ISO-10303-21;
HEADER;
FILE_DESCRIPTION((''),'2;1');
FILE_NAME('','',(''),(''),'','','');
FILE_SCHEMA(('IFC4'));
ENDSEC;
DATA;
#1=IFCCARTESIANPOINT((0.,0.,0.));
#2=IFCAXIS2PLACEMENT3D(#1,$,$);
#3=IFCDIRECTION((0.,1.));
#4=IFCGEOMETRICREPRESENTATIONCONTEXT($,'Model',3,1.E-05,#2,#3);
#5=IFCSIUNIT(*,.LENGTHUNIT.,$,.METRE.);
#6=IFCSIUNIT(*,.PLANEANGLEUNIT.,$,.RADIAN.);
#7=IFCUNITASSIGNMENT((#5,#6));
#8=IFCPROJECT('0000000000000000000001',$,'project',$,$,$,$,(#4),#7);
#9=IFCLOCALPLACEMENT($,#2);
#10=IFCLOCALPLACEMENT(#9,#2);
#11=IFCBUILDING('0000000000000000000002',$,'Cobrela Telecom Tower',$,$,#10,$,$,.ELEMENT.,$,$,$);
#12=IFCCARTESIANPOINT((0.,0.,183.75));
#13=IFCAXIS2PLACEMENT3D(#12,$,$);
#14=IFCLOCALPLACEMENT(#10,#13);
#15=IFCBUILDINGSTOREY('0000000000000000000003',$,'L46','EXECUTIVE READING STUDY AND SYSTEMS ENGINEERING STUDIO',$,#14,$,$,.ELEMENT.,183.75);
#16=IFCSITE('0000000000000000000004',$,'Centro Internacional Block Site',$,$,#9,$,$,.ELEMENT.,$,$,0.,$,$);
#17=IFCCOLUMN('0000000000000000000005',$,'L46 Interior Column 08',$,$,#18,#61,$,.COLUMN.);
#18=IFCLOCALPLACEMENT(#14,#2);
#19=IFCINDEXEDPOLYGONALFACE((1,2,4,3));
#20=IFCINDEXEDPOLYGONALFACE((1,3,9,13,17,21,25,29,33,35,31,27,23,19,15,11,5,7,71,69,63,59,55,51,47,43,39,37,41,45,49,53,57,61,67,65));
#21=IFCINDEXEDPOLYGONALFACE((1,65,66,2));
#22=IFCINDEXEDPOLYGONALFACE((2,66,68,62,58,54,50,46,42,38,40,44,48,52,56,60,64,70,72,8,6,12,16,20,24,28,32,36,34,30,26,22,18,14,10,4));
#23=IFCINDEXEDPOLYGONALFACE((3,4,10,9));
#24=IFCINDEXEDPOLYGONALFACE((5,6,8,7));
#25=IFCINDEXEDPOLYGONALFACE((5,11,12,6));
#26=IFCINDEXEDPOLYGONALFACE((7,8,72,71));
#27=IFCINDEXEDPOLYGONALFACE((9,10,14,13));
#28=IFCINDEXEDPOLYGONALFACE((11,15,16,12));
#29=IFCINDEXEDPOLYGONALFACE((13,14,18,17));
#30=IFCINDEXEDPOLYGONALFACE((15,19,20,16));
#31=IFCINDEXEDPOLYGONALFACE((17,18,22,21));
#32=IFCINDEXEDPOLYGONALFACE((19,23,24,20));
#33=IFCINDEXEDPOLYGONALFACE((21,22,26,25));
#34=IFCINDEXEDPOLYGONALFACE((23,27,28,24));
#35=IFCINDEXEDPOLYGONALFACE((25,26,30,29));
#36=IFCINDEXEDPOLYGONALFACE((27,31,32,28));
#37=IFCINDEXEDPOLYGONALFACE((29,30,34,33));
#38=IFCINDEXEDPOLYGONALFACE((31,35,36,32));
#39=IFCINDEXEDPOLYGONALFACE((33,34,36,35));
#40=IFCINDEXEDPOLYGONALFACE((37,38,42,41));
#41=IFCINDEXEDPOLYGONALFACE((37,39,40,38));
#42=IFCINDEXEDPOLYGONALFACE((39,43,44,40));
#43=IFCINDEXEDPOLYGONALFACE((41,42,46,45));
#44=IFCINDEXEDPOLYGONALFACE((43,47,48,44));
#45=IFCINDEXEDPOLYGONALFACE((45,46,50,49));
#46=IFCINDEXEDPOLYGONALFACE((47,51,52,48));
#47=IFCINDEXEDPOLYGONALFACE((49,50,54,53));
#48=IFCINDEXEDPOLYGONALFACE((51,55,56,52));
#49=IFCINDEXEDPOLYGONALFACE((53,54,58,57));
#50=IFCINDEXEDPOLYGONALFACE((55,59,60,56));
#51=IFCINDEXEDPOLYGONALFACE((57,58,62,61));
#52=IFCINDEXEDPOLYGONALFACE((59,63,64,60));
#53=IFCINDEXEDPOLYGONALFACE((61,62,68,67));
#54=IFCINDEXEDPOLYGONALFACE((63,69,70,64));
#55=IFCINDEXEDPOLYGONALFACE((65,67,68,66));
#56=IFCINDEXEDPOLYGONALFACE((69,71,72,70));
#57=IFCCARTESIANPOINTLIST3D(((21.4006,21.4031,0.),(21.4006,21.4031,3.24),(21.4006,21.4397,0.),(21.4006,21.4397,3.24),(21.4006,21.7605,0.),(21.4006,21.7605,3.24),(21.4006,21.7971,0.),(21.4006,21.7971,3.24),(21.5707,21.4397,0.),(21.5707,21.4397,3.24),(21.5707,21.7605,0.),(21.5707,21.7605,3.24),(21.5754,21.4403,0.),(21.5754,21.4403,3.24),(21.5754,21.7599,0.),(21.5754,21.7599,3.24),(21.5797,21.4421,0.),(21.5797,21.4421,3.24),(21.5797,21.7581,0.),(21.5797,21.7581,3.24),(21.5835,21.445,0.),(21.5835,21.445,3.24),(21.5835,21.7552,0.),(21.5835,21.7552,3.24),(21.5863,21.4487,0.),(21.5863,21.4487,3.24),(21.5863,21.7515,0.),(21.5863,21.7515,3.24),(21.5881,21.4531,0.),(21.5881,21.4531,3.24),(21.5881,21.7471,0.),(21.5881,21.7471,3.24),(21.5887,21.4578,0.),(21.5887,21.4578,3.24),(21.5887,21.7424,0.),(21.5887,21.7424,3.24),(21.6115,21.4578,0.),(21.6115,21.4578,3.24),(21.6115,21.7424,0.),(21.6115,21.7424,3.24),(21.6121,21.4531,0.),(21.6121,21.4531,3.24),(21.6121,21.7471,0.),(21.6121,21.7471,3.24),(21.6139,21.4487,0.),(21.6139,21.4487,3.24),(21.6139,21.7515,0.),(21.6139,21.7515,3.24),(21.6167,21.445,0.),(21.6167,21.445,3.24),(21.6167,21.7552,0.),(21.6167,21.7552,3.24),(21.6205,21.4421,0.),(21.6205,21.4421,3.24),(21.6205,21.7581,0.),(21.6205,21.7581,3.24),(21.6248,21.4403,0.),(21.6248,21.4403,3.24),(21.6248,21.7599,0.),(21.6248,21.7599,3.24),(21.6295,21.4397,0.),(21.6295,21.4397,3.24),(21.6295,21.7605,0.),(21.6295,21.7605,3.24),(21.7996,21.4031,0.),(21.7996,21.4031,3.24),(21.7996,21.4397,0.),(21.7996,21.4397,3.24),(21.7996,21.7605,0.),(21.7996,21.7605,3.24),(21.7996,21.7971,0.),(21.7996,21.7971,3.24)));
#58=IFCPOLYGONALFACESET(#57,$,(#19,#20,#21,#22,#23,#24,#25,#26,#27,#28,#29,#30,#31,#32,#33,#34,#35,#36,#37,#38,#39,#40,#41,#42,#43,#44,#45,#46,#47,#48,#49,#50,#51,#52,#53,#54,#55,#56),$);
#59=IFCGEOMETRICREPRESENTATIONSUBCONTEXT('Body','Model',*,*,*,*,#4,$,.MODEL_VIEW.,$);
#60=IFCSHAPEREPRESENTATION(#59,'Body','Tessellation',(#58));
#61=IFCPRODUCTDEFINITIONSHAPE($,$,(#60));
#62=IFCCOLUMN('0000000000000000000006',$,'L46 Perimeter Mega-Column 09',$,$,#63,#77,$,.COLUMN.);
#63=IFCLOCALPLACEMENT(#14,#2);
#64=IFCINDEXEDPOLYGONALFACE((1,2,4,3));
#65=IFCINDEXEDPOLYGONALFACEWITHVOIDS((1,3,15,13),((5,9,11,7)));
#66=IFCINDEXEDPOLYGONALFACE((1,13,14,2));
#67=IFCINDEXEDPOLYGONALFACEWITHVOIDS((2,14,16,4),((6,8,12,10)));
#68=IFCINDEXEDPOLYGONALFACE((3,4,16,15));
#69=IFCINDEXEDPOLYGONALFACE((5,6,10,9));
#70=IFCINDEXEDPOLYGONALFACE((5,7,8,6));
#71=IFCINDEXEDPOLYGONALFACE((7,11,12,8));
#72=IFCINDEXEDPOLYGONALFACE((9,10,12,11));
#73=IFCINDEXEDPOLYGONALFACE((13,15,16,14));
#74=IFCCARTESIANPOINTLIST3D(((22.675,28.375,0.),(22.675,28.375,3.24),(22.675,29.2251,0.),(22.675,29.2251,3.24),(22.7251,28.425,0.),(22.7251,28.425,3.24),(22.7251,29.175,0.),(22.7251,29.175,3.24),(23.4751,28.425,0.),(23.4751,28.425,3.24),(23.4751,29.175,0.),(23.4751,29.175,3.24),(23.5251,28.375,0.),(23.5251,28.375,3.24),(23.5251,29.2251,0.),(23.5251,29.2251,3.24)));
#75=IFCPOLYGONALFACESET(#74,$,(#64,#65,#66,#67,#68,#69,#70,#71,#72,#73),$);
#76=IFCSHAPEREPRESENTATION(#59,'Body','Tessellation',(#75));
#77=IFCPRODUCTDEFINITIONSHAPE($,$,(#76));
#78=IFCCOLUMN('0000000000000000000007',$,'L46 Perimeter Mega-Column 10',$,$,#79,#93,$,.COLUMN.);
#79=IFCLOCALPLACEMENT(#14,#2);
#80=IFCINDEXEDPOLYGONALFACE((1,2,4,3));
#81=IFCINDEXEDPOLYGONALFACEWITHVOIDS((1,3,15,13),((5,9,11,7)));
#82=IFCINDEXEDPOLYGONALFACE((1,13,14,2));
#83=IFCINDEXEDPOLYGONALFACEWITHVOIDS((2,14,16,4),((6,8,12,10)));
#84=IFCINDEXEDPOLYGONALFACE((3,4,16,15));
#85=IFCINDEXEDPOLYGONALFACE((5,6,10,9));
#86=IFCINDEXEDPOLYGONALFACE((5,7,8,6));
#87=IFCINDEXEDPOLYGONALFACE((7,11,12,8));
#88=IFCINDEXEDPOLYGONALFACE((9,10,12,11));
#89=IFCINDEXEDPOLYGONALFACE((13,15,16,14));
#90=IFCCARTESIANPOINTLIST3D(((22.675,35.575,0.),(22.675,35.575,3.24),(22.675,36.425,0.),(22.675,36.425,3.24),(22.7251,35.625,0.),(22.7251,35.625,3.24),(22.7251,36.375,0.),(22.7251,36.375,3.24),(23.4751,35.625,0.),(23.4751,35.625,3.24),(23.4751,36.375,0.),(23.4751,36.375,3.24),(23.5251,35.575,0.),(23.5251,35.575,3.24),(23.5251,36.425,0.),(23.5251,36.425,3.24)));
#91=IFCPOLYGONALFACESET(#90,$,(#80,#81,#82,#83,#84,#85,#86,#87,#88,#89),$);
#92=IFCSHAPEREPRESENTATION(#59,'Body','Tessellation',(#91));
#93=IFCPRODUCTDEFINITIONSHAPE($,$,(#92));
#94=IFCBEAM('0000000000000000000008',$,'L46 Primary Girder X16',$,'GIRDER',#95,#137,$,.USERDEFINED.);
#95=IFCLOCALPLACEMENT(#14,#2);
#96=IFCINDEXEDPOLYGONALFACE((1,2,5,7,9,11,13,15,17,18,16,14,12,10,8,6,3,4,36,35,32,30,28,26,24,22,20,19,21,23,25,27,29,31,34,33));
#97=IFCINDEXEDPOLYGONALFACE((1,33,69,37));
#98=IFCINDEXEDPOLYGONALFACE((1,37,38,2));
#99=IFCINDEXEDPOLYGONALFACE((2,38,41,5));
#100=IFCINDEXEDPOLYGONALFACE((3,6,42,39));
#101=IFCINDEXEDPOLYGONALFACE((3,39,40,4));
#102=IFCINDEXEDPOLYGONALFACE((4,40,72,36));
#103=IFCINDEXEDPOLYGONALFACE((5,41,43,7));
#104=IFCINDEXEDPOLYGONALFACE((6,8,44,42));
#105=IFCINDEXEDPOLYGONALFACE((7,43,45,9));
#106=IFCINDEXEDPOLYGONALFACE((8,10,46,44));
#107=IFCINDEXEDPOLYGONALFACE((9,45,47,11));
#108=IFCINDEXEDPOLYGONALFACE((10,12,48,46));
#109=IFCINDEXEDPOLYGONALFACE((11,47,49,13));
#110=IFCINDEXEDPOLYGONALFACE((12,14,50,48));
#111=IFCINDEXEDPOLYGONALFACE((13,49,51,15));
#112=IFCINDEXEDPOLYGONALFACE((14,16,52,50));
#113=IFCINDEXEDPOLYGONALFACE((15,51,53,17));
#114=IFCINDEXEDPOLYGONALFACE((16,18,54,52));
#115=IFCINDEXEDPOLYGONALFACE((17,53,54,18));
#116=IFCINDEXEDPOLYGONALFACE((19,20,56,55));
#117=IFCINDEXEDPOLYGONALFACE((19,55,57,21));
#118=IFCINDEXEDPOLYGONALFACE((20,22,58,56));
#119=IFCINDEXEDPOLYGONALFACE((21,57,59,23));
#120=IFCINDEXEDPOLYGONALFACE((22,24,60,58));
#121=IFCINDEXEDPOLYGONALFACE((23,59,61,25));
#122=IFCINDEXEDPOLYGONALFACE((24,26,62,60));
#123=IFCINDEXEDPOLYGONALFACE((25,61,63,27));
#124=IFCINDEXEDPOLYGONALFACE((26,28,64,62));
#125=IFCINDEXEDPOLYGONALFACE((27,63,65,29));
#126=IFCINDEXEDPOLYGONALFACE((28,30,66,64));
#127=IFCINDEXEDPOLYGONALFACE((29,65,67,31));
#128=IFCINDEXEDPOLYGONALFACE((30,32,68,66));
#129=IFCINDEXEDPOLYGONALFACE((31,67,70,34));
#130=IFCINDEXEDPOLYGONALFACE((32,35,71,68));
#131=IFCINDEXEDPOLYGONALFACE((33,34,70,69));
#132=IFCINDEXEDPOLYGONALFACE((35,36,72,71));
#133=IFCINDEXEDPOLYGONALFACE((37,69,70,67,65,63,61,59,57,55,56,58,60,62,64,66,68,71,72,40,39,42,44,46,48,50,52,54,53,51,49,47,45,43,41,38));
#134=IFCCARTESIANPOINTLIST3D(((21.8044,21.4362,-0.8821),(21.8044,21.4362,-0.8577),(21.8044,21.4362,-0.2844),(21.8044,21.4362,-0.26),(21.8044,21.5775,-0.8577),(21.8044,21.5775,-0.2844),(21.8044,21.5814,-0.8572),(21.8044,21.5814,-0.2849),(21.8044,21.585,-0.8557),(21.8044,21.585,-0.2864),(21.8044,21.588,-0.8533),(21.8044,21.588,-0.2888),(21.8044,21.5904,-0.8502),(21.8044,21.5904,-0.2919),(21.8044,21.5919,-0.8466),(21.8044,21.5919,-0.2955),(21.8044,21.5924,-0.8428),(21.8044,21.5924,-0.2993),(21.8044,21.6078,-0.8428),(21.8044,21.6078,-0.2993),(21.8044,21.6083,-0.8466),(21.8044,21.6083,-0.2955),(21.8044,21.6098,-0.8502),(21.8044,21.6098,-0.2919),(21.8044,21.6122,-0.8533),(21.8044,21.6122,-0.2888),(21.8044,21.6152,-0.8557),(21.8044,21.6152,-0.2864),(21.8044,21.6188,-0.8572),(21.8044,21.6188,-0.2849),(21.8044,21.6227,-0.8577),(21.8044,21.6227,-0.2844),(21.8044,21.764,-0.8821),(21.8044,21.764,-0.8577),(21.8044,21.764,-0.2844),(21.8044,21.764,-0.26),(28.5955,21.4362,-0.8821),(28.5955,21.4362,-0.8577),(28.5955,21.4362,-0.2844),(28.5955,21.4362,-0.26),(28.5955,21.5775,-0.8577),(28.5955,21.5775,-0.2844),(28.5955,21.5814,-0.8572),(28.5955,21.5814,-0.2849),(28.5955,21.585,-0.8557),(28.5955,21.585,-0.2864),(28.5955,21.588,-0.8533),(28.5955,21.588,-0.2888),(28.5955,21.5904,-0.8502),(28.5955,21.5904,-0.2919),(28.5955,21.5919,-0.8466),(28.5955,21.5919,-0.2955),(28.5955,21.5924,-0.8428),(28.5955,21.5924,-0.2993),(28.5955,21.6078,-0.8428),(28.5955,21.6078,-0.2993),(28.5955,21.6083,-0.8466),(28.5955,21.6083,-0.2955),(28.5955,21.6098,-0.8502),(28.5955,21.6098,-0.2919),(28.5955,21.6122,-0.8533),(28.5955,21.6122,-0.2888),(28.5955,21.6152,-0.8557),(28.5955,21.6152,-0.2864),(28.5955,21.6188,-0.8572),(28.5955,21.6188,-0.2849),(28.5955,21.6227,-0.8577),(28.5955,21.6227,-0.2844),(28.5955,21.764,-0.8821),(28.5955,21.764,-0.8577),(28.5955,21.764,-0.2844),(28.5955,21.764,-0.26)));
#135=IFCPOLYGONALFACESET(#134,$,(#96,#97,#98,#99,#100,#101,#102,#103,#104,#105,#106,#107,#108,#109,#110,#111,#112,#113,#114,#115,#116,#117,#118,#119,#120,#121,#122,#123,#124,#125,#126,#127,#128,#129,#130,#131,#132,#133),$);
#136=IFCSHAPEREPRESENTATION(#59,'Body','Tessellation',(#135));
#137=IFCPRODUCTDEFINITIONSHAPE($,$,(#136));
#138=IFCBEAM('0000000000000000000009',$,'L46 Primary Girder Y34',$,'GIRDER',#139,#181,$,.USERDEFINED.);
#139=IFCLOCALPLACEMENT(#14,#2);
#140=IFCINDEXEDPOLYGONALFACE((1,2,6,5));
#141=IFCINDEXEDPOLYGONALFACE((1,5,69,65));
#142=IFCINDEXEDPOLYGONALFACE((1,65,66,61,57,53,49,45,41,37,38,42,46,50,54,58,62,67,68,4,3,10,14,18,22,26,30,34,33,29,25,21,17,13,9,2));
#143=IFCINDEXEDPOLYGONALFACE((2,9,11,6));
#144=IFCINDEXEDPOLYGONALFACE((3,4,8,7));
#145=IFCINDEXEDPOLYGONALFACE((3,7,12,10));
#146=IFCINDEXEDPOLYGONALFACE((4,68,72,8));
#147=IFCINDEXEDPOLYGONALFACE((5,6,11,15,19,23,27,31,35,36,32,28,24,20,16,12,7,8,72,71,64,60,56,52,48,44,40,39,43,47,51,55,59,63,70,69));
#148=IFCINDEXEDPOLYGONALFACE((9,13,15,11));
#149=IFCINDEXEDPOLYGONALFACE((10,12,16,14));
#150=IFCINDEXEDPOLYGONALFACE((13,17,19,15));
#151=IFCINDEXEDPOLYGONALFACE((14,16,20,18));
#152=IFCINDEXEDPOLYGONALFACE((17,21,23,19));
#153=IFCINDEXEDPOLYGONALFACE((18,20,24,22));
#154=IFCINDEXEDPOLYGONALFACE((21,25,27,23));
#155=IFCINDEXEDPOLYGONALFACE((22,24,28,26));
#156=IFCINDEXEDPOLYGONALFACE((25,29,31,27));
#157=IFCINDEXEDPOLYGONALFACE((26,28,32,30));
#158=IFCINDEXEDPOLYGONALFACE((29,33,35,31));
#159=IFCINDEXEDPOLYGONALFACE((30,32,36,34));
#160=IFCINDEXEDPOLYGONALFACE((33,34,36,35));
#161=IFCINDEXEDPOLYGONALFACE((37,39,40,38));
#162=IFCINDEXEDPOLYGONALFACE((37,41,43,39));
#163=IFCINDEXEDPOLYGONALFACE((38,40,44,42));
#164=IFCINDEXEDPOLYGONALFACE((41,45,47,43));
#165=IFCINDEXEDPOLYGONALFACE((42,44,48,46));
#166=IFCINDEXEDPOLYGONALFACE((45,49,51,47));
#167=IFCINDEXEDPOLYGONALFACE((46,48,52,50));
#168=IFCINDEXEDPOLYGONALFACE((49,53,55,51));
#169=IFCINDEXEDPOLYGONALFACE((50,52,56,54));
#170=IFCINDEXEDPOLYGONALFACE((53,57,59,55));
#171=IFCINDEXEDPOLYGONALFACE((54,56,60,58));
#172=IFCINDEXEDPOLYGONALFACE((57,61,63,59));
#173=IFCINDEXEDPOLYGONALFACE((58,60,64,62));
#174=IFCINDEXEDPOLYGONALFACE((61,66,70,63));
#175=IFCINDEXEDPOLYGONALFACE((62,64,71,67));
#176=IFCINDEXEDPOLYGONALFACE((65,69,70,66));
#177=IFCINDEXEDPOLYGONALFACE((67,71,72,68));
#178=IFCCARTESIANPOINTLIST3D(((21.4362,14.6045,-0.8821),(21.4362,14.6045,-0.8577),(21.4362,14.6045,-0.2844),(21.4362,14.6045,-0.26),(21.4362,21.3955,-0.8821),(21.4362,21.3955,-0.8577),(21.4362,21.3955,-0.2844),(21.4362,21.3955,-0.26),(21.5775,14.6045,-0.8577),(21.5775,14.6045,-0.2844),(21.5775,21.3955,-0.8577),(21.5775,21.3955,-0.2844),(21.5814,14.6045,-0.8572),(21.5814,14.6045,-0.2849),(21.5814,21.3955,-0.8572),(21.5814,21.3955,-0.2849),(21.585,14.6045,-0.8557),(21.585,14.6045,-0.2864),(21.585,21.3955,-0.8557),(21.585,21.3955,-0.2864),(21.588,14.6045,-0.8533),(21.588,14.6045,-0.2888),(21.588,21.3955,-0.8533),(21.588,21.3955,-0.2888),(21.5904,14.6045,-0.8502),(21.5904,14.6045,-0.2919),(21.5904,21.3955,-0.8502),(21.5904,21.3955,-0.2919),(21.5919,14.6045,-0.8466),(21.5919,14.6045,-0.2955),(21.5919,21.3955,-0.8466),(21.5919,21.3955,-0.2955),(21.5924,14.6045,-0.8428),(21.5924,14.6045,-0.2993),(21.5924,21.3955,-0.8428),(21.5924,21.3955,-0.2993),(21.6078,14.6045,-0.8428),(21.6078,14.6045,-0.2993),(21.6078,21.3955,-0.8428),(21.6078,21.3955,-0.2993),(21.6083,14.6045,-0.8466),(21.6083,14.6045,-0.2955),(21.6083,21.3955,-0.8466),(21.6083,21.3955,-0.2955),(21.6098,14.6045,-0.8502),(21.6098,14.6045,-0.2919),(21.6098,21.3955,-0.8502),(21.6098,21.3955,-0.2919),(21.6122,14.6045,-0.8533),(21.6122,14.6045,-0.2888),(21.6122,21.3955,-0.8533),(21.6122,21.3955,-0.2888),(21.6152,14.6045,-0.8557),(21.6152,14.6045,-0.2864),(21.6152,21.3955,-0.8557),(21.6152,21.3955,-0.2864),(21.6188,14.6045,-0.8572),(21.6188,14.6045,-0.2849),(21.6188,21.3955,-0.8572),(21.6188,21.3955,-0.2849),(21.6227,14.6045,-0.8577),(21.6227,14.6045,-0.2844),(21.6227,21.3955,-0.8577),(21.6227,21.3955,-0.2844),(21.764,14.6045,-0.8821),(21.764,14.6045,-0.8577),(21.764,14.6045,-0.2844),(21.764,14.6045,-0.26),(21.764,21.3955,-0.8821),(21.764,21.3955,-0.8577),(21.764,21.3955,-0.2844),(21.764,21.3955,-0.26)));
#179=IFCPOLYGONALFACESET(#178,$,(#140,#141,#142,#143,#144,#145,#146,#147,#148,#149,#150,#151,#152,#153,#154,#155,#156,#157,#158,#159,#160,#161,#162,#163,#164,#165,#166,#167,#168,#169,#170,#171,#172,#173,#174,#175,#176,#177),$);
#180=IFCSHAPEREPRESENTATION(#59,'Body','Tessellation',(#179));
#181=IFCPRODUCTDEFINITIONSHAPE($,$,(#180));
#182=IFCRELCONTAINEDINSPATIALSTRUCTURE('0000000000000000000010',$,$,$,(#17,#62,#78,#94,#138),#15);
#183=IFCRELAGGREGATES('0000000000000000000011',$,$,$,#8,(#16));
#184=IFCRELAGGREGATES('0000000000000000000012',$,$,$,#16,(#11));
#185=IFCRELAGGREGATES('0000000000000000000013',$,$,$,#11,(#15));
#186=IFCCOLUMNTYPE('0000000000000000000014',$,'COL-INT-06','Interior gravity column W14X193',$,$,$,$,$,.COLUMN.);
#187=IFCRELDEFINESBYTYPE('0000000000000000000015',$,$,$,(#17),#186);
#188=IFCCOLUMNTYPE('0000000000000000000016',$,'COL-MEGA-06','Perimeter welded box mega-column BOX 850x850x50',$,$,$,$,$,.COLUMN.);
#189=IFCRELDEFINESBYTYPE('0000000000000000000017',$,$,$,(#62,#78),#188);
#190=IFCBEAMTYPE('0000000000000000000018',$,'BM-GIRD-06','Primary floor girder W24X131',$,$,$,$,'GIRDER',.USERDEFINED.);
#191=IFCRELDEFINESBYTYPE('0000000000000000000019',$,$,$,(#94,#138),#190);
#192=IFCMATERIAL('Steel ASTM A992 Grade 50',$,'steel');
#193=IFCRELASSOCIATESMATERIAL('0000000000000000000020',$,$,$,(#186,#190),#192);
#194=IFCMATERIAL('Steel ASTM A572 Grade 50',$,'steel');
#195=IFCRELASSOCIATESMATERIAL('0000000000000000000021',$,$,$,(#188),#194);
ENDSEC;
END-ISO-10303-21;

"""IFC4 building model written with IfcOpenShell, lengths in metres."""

from ifc_helpers import new_model, si_unit, direction, frame, origin, origin_2d, place, context, subcontext, project, spatial, hollow_rectangle, i_section, extrude, material, material_profile, profile_set, type_object, element, save


model = new_model("IFC4")

# Units and contexts
model_context = context("Model", 3, precision=1e-05, world=origin(), true_north=direction((0.0, 1.0)))
body_context = subcontext(model_context, "Body", "Model", "MODEL_VIEW")
ifc_project = project(units=[si_unit("LENGTHUNIT", "METRE"), si_unit("PLANEANGLEUNIT", "RADIAN")], contexts=[model_context])

# Site, building, storey
site_placement = place(None, origin())
site = spatial("IfcSite", under=ifc_project, at=site_placement, Name="Centro Internacional Block Site", CompositionType="ELEMENT", RefElevation=0.0)
building_placement = place(site_placement, origin())
building = spatial("IfcBuilding", under=site, at=building_placement, Name="Cobrela Telecom Tower", CompositionType="ELEMENT")
storey_placement = place(building_placement, frame((0.0, 0.0, 183.75)))
storey = spatial("IfcBuildingStorey", under=building, at=storey_placement, Name="L46", Description="EXECUTIVE READING STUDY AND SYSTEMS ENGINEERING STUDIO", CompositionType="ELEMENT", Elevation=183.75)

# Columns
ifc_material_1 = material(Name="Steel ASTM A992 Grade 50", Category="steel")
ifc_material_profile_1 = material_profile(ifc_material_1, i_section(OverallWidth=0.3989, OverallDepth=0.394, WebThickness=0.0227, FlangeThickness=0.0366, FilletRadius=0.0181, at=origin_2d()), Name="W14X193")
ifc_profile_set_1 = profile_set([ifc_material_profile_1], Name="Steel ASTM A992 Grade 50")
column_type_1 = type_object("IfcColumnType", Name="COL-INT-06", Description="Interior gravity column W14X193", PredefinedType="COLUMN", material=ifc_profile_set_1)
column_placement = place(storey_placement, frame((21.6001, 21.6001, 0.0), z_axis=(0.0, 0.0, 1.0), x_axis=(1.0, 0.0, 0.0)))
element("IfcColumn", 1, at=column_placement, inside=storey, type_object=column_type_1, Name="L46 Interior Column 08", PredefinedType="COLUMN", context=body_context, shape_type="SweptSolid", body=[
    extrude(i_section(OverallWidth=0.3989, OverallDepth=0.394, WebThickness=0.0227, FlangeThickness=0.0366, FilletRadius=0.0181, at=origin_2d()), origin(), (0.0, 0.0, 1.0), 3.24),
])
ifc_material_2 = material(Name="Steel ASTM A572 Grade 50", Category="steel")
ifc_material_profile_2 = material_profile(ifc_material_2, hollow_rectangle(XDim=0.8501, YDim=0.8501, WallThickness=0.05, at=origin_2d()), Name="BOX 850x850x50")
ifc_profile_set_2 = profile_set([ifc_material_profile_2], Name="Steel ASTM A572 Grade 50")
column_type_2 = type_object("IfcColumnType", Name="COL-MEGA-06", Description="Perimeter welded box mega-column BOX 850x850x50", PredefinedType="COLUMN", material=ifc_profile_set_2)
for number, where, z_axis, x_axis, name in (
    (2, (23.1001, 28.8, 0.0), (0.0, 0.0, 1.0), (1.0, 0.0, 0.0), "L46 Perimeter Mega-Column 09"),
    (3, (23.1001, 36.0, 0.0), (0.0, 0.0, 1.0), (1.0, 0.0, 0.0), "L46 Perimeter Mega-Column 10"),
):
    element("IfcColumn", number, at=place(storey_placement, frame(where, z_axis=z_axis, x_axis=x_axis)), inside=storey, type_object=column_type_2, Name=name, PredefinedType="COLUMN", context=body_context, shape_type="SweptSolid", body=[
        extrude(hollow_rectangle(XDim=0.8501, YDim=0.8501, WallThickness=0.05, at=origin_2d()), origin(), (0.0, 0.0, 1.0), 3.24),
    ])

# Beams
ifc_material_profile_3 = material_profile(ifc_material_1, i_section(OverallWidth=0.3279, OverallDepth=0.6221, WebThickness=0.0154, FlangeThickness=0.0244, FilletRadius=0.0149, at=origin_2d()), Name="W24X131")
ifc_profile_set_3 = profile_set([ifc_material_profile_3], Name="Steel ASTM A992 Grade 50")
beam_type_1 = type_object("IfcBeamType", Name="BM-GIRD-06", Description="Primary floor girder W24X131", ElementType="GIRDER", PredefinedType="USERDEFINED", material=ifc_profile_set_3)
for number, where, z_axis, x_axis, name in (
    (4, (21.8044, 21.6001, -0.571), (1.0, 0.0, 0.0), (0.0, 1.0, 0.0), "L46 Primary Girder X16"),
    (5, (21.6001, 14.6045, -0.571), (0.0, 1.0, 0.0), (-1.0, 0.0, 0.0), "L46 Primary Girder Y34"),
):
    element("IfcBeam", number, at=place(storey_placement, frame(where, z_axis=z_axis, x_axis=x_axis)), inside=storey, type_object=beam_type_1, Name=name, ObjectType="GIRDER", PredefinedType="USERDEFINED", context=body_context, shape_type="SweptSolid", body=[
        extrude(i_section(OverallWidth=0.3279, OverallDepth=0.6221, WebThickness=0.0154, FlangeThickness=0.0244, FilletRadius=0.0149, at=origin_2d()), origin(), (0.0, 0.0, 1.0), 6.791),
    ])

save(model, "model.ifc")
